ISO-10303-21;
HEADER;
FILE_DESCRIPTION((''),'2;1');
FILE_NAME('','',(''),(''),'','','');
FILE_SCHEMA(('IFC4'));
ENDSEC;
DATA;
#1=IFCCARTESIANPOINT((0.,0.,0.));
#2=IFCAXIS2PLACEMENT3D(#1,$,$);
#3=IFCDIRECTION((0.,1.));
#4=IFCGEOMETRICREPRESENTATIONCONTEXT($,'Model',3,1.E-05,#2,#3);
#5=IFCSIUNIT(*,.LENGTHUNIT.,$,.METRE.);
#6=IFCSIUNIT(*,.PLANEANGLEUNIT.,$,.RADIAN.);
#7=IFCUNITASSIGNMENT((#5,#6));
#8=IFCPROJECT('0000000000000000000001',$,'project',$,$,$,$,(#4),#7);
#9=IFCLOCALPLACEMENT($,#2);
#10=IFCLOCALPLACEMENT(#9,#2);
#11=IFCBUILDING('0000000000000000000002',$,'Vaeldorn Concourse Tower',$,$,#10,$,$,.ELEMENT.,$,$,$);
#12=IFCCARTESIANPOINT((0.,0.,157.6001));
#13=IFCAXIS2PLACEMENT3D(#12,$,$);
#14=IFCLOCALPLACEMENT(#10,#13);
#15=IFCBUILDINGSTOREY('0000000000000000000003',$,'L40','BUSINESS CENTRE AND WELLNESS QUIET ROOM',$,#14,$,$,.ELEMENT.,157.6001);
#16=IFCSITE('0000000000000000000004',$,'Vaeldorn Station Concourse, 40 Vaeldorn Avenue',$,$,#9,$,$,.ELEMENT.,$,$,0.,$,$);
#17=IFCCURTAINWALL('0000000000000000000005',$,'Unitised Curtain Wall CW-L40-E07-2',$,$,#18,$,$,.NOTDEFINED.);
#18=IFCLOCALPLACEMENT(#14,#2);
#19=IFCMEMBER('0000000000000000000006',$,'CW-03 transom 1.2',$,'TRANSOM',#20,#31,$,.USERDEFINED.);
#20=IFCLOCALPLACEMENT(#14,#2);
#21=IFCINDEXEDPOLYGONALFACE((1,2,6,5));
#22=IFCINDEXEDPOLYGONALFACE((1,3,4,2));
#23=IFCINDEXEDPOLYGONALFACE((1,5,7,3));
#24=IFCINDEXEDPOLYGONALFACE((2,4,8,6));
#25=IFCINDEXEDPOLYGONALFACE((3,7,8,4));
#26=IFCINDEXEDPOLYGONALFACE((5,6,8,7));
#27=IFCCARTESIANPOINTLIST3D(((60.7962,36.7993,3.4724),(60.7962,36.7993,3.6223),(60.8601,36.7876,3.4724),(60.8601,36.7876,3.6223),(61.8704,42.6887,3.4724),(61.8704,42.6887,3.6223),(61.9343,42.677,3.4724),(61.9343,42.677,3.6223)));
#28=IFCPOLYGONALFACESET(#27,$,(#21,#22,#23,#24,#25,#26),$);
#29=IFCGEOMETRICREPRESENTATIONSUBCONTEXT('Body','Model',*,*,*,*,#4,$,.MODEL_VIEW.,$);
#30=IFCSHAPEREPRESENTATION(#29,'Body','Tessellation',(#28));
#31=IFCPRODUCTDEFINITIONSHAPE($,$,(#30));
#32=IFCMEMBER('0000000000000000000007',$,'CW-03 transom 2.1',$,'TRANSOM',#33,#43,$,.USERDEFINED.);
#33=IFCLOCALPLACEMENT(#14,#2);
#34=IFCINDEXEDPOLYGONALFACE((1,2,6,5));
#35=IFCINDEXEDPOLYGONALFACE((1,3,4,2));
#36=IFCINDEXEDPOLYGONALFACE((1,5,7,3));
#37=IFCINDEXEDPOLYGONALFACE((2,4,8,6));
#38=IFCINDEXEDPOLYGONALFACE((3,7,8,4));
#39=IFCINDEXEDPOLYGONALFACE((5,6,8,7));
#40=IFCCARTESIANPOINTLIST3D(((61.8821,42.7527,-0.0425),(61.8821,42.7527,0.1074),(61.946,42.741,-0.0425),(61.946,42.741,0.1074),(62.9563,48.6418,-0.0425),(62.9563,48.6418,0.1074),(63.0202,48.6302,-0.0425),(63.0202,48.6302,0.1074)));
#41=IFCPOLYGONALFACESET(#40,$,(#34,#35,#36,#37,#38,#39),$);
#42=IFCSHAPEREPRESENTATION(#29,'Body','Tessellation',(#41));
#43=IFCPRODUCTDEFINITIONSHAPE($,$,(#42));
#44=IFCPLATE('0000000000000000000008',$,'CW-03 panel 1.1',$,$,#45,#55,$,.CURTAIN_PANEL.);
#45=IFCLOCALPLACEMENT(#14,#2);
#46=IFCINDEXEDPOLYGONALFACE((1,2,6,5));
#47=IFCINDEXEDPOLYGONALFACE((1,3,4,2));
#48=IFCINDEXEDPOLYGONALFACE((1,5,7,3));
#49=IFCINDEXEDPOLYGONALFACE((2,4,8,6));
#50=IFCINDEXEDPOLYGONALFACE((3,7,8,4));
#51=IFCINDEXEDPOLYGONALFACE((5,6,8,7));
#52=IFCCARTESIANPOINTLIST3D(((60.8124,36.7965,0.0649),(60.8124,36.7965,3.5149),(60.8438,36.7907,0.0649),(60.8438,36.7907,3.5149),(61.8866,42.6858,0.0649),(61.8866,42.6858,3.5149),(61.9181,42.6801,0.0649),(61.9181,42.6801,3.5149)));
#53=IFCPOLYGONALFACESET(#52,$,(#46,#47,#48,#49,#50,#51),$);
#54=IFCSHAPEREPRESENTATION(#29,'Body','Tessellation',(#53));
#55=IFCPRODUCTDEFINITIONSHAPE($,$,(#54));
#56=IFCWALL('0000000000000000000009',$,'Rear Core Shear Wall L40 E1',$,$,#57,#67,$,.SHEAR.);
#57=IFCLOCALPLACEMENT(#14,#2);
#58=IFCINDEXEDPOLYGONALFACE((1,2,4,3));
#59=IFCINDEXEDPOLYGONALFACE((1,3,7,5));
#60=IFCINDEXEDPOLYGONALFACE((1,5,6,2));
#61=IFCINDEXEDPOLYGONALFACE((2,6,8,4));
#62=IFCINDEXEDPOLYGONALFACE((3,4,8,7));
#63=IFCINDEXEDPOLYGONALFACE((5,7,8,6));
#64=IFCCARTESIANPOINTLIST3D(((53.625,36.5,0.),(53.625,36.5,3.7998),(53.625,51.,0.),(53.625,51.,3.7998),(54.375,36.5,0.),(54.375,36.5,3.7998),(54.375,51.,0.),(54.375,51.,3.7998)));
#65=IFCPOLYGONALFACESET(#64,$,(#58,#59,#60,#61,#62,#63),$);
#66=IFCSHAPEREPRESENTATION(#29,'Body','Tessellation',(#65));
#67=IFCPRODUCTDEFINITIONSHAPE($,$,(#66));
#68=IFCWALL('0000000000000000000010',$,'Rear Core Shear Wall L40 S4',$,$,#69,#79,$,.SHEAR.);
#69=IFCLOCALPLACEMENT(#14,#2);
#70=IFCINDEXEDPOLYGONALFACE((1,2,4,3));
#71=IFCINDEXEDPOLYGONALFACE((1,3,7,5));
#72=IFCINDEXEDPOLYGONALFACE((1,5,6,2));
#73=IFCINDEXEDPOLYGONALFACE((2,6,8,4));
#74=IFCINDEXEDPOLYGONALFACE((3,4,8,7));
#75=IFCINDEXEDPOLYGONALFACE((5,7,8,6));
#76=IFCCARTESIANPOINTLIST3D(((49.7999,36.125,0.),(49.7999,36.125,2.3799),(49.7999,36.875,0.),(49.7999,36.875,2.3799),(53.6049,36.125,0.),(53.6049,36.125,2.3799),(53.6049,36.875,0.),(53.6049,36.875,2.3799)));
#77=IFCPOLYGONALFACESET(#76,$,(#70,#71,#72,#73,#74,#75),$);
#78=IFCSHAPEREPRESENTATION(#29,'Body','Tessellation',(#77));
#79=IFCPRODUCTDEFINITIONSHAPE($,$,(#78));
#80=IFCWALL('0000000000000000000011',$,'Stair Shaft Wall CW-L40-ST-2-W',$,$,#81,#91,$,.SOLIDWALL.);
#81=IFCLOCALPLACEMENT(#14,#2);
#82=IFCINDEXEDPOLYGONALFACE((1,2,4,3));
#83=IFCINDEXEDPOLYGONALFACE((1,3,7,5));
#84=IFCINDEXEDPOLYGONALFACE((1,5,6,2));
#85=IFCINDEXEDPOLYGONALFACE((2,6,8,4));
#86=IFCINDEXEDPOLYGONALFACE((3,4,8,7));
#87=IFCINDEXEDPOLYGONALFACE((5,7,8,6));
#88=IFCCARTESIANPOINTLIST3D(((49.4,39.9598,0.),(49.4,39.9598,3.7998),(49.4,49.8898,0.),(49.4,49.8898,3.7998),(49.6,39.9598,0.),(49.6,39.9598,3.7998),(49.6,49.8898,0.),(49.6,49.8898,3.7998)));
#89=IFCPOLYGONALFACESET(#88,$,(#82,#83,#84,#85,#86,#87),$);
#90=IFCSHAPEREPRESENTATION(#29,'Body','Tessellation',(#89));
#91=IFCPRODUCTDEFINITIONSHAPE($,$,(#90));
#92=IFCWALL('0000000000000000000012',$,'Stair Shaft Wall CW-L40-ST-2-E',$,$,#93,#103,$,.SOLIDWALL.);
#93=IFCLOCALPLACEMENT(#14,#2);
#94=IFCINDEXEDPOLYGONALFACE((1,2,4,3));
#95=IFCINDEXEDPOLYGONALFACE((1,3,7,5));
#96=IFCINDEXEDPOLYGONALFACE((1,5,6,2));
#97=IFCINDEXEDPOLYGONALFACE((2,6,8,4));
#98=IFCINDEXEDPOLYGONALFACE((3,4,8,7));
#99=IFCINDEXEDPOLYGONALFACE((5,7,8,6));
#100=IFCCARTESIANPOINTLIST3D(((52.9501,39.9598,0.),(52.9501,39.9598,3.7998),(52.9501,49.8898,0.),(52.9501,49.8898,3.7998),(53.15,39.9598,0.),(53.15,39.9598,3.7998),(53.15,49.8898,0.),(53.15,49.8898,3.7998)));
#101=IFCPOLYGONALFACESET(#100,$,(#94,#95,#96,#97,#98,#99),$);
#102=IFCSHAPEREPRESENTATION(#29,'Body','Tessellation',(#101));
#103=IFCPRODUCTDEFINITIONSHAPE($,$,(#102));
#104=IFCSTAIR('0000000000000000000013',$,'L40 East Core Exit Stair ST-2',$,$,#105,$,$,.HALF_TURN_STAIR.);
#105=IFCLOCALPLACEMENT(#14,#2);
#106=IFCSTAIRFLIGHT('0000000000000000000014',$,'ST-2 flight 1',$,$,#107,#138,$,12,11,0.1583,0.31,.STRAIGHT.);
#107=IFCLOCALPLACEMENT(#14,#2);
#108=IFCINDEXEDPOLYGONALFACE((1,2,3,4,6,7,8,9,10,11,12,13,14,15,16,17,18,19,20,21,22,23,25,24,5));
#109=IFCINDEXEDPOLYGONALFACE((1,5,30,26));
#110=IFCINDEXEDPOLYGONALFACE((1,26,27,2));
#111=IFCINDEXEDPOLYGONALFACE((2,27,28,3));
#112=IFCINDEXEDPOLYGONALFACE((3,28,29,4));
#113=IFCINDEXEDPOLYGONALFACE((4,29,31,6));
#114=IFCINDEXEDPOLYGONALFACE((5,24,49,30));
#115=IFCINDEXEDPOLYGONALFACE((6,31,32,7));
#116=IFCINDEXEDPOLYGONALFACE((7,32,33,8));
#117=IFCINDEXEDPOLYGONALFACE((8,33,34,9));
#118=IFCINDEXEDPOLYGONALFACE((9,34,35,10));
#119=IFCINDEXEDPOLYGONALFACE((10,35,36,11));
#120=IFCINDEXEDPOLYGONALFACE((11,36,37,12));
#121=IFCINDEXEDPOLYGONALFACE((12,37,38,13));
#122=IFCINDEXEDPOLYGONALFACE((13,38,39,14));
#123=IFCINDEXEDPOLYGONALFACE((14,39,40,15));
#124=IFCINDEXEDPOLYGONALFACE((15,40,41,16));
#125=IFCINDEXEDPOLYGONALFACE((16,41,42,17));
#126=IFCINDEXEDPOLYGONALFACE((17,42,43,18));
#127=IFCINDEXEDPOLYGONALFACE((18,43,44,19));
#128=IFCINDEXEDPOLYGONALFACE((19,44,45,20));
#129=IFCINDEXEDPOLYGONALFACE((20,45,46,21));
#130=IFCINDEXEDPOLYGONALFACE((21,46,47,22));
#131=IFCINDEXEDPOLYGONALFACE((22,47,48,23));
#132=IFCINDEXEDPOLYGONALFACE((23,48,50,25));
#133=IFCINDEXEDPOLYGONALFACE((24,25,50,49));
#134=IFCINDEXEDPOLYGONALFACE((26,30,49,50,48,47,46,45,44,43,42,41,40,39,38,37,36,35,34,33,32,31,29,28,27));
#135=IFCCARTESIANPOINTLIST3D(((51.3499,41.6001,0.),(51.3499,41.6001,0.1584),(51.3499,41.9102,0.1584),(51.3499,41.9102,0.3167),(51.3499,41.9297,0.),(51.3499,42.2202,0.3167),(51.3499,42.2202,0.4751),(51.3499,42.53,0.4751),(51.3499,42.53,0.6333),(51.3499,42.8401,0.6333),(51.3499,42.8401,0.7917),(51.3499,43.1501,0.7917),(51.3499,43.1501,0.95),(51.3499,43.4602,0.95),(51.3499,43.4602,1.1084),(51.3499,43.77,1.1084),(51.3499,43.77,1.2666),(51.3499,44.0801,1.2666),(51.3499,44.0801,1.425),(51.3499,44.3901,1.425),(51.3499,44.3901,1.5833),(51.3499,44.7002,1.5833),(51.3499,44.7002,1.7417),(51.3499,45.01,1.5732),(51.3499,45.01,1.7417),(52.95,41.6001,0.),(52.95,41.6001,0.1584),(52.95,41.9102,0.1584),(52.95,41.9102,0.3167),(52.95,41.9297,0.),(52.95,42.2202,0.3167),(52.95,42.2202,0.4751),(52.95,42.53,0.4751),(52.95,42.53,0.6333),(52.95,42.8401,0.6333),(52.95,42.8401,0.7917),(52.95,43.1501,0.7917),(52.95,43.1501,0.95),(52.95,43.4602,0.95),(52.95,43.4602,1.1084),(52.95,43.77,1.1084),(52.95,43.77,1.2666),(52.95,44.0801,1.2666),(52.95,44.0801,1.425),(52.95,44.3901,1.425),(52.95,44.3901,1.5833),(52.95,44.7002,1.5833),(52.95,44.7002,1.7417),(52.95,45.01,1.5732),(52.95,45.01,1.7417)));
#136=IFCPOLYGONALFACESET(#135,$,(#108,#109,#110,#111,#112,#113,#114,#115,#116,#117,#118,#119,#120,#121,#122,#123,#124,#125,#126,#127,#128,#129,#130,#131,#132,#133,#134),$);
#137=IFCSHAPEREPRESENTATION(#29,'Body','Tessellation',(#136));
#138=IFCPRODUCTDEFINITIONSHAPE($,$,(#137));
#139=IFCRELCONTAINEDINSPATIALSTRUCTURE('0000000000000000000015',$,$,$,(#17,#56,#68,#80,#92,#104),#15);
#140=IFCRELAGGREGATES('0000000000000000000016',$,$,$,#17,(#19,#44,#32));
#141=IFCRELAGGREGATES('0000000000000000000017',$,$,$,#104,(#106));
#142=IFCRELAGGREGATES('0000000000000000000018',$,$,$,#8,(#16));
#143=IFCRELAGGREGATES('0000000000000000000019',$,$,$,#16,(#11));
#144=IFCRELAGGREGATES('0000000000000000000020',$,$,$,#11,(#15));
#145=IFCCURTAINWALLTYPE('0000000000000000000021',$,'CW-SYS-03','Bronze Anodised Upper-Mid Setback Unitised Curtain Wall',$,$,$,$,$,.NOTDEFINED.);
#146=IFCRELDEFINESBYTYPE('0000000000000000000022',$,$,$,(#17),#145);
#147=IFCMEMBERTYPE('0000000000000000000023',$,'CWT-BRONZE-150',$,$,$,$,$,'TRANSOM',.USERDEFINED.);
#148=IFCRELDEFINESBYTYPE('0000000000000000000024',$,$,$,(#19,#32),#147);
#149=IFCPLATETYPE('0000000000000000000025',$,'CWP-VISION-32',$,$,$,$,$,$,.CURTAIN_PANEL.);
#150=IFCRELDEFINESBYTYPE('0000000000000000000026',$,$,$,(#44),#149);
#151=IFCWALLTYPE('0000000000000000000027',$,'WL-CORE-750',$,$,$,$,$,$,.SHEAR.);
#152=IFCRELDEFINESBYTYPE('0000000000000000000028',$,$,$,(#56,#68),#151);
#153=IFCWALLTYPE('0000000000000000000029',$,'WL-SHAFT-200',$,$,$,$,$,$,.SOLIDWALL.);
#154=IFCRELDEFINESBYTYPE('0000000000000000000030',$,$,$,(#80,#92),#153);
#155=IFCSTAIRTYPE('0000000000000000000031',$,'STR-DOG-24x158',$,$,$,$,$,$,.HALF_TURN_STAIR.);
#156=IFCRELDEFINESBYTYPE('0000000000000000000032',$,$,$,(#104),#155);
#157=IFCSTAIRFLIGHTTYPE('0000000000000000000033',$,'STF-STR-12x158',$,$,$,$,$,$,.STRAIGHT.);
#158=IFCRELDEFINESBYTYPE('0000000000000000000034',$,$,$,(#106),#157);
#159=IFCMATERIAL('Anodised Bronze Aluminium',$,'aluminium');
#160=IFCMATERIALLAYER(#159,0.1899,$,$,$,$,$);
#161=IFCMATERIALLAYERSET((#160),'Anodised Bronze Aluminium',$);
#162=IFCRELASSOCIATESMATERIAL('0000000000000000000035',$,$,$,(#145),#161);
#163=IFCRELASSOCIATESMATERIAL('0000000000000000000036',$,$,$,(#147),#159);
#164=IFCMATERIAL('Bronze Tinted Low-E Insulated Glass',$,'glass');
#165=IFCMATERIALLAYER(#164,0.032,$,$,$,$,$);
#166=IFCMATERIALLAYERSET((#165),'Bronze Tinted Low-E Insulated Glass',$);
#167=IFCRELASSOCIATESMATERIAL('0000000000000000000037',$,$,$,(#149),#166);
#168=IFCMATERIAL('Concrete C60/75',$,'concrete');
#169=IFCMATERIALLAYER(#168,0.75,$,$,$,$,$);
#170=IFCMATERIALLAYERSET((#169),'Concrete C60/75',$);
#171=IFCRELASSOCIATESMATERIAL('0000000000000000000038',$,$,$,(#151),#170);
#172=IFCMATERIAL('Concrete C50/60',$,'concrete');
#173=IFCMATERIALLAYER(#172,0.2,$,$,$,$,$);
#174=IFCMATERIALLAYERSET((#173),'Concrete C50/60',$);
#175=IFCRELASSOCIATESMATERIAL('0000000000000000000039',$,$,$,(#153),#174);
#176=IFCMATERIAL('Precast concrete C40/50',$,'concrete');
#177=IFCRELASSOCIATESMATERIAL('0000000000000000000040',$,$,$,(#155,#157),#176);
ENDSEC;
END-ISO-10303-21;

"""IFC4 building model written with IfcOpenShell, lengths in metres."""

from ifc_helpers import new_model, si_unit, direction, frame, frame_2d, origin, origin_2d, place, context, subcontext, project, spatial, polyline, rectangle, outline, extrude, source, transform, mapped, material, layer, layer_set, material_profile, profile_set, type_object, element, aggregate, save


model = new_model("IFC4")

# Units and contexts
model_context = context("Model", 3, precision=1e-05, world=origin(), true_north=direction((0.0, 1.0)))
body_context = subcontext(model_context, "Body", "Model", "MODEL_VIEW")
ifc_project = project(units=[si_unit("LENGTHUNIT", "METRE"), si_unit("PLANEANGLEUNIT", "RADIAN")], contexts=[model_context])

# Site, building, storey
site_placement = place(None, origin())
site = spatial("IfcSite", under=ifc_project, at=site_placement, Name="Vaeldorn Station Concourse, 40 Vaeldorn Avenue", CompositionType="ELEMENT", RefElevation=0.0)
building_placement = place(site_placement, origin())
building = spatial("IfcBuilding", under=site, at=building_placement, Name="Vaeldorn Concourse Tower", CompositionType="ELEMENT")
storey_placement = place(building_placement, frame((0.0, 0.0, 157.6001)))
storey = spatial("IfcBuildingStorey", under=building, at=storey_placement, Name="L40", Description="BUSINESS CENTRE AND WELLNESS QUIET ROOM", CompositionType="ELEMENT", Elevation=157.6001)

# Shared definitions
ifc_material_1 = material(Name="Concrete C50/60", Category="concrete")

# Curtain wall, members, plate
ifc_material_2 = material(Name="Anodised Bronze Aluminium", Category="aluminium")
ifc_layer_1 = layer(ifc_material_2, 0.1899)
ifc_layer_set_1 = layer_set([ifc_layer_1], Name="Anodised Bronze Aluminium")
curtain_wall_type = type_object("IfcCurtainWallType", Name="CW-SYS-03", Description="Bronze Anodised Upper-Mid Setback Unitised Curtain Wall", PredefinedType="NOTDEFINED", material=ifc_layer_set_1)
curtain_wall_placement = place(storey_placement, origin())
curtain_wall = element("IfcCurtainWall", 1, at=curtain_wall_placement, inside=storey, type_object=curtain_wall_type, Name="Unitised Curtain Wall CW-L40-E07-2", PredefinedType="NOTDEFINED")
ifc_material_profile_1 = material_profile(ifc_material_2, rectangle(XDim=0.0649, YDim=0.1499, at=origin_2d()), Name="CWT 65x150")
ifc_profile_set_1 = profile_set([ifc_material_profile_1], Name="Anodised Bronze Aluminium")
member_type_1 = type_object("IfcMemberType", Name="CWT-BRONZE-150", ElementType="TRANSOM", PredefinedType="USERDEFINED", material=ifc_profile_set_1)
shared_shape_1 = source(origin(), body_context, "Body", "SweptSolid", [
    extrude(rectangle(XDim=0.0649, YDim=0.1499, at=origin_2d()), origin(), (0.0, 0.0, 1.0), 5.9866),
])
member_1_placement = place(storey_placement, frame((60.8281, 36.7935, 3.5474), z_axis=(0.179438, 0.983769, 0.0), x_axis=(-0.983769, 0.179438, 0.0)))
member_1 = element("IfcMember", 2, at=member_1_placement, type_object=member_type_1, Name="CW-03 transom 1.2", ObjectType="TRANSOM", PredefinedType="USERDEFINED", context=body_context, shape_type="MappedRepresentation", body=[
    mapped(shared_shape_1, transform((0.0, 0.0, 0.0), scale=1.0)),
])
shared_shape_2 = source(origin(), body_context, "Body", "SweptSolid", [
    extrude(rectangle(XDim=0.0649, YDim=0.1499, at=origin_2d()), origin(), (0.0, 0.0, 1.0), 5.9863),
])
member_2_placement = place(storey_placement, frame((61.9141, 42.7468, 0.0325), z_axis=(0.179445, 0.983768, 0.0), x_axis=(-0.983768, 0.179445, 0.0)))
member_2 = element("IfcMember", 3, at=member_2_placement, type_object=member_type_1, Name="CW-03 transom 2.1", ObjectType="TRANSOM", PredefinedType="USERDEFINED", context=body_context, shape_type="MappedRepresentation", body=[
    mapped(shared_shape_2, transform((0.0, 0.0, 0.0), scale=1.0)),
])
ifc_material_3 = material(Name="Bronze Tinted Low-E Insulated Glass", Category="glass")
ifc_layer_2 = layer(ifc_material_3, 0.032)
ifc_layer_set_2 = layer_set([ifc_layer_2], Name="Bronze Tinted Low-E Insulated Glass")
plate_type = type_object("IfcPlateType", Name="CWP-VISION-32", PredefinedType="CURTAIN_PANEL", material=ifc_layer_set_2)
shared_shape_3 = source(origin(), body_context, "Body", "SweptSolid", [
    extrude(rectangle(XDim=5.9866, YDim=0.032, at=origin_2d()), origin(), (0.0, 0.0, 1.0), 3.45),
])
plate_placement = place(storey_placement, frame((61.3652, 39.7383, 0.0649), z_axis=(0.0, 0.0, 1.0), x_axis=(0.179447, 0.983768, 0.0)))
plate = element("IfcPlate", 4, at=plate_placement, type_object=plate_type, Name="CW-03 panel 1.1", PredefinedType="CURTAIN_PANEL", context=body_context, shape_type="MappedRepresentation", body=[
    mapped(shared_shape_3, transform((0.0, 0.0, 0.0), scale=1.0)),
])
aggregate(curtain_wall, [member_1, plate, member_2])

# Walls
ifc_material_4 = material(Name="Concrete C60/75", Category="concrete")
ifc_layer_3 = layer(ifc_material_4, 0.75)
ifc_layer_set_3 = layer_set([ifc_layer_3], Name="Concrete C60/75")
wall_type_1 = type_object("IfcWallType", Name="WL-CORE-750", PredefinedType="SHEAR", material=ifc_layer_set_3)
wall_1_placement = place(storey_placement, frame((54.0, 36.5, 0.0), z_axis=(0.0, 0.0, 1.0), x_axis=(0.0, 1.0, 0.0)))
element("IfcWall", 5, at=wall_1_placement, inside=storey, type_object=wall_type_1, Name="Rear Core Shear Wall L40 E1", PredefinedType="SHEAR", context=body_context, shape_type="SweptSolid", body=[
    extrude(rectangle(XDim=14.5, YDim=0.75, at=frame_2d((7.25, 0.0))), origin(), (0.0, 0.0, 1.0), 3.7998),
])
wall_2_placement = place(storey_placement, frame((49.8, 36.5, 0.0), z_axis=(0.0, 0.0, 1.0), x_axis=(1.0, 0.0, 0.0)))
element("IfcWall", 6, at=wall_2_placement, inside=storey, type_object=wall_type_1, Name="Rear Core Shear Wall L40 S4", PredefinedType="SHEAR", context=body_context, shape_type="SweptSolid", body=[
    extrude(rectangle(XDim=3.8049, YDim=0.75, at=frame_2d((1.9023, 0.0))), origin(), (0.0, 0.0, 1.0), 2.3799),
])

# Shared definitions
ifc_layer_4 = layer(ifc_material_1, 0.2)
ifc_layer_set_4 = layer_set([ifc_layer_4], Name="Concrete C50/60")
wall_type_2 = type_object("IfcWallType", Name="WL-SHAFT-200", PredefinedType="SOLIDWALL", material=ifc_layer_set_4)

# Walls
for number, where, z_axis, x_axis, name in (
    (7, (49.5, 39.96, 0.0), (0.0, 0.0, 1.0), (0.0, 1.0, 0.0), "Stair Shaft Wall CW-L40-ST-2-W"),
    (8, (53.05, 39.96, 0.0), (0.0, 0.0, 1.0), (0.0, 1.0, 0.0), "Stair Shaft Wall CW-L40-ST-2-E"),
):
    element("IfcWall", number, at=place(storey_placement, frame(where, z_axis=z_axis, x_axis=x_axis)), inside=storey, type_object=wall_type_2, Name=name, PredefinedType="SOLIDWALL", context=body_context, shape_type="SweptSolid", body=[
        extrude(rectangle(XDim=9.9299, YDim=0.2, at=frame_2d((4.9648, 0.0))), origin(), (0.0, 0.0, 1.0), 3.7998),
    ])

# Stair, stair flight
ifc_material_5 = material(Name="Precast concrete C40/50", Category="concrete")
stair_type = type_object("IfcStairType", Name="STR-DOG-24x158", PredefinedType="HALF_TURN_STAIR", material=ifc_material_5)
stair_placement = place(storey_placement, origin())
stair = element("IfcStair", 9, at=stair_placement, inside=storey, type_object=stair_type, Name="L40 East Core Exit Stair ST-2", PredefinedType="HALF_TURN_STAIR")
stair_flight_type = type_object("IfcStairFlightType", Name="STF-STR-12x158", PredefinedType="STRAIGHT", material=ifc_material_5)
stair_flight_placement = place(storey_placement, frame((52.1499, 41.6001, 0.0), z_axis=(0.0, 0.0, 1.0), x_axis=(0.0, 1.0, 0.0)))
stair_flight = element("IfcStairFlight", 10, at=stair_flight_placement, type_object=stair_flight_type, Name="ST-2 flight 1", NumberOfRisers=12, NumberOfTreads=11, PredefinedType="STRAIGHT", RiserHeight=0.1583, TreadLength=0.31, context=body_context, shape_type="SweptSolid", body=[
    extrude(outline(polyline([(0.0, 0.0), (0.0, 0.1584), (0.3101, 0.1584), (0.3101, 0.3167), (0.6201, 0.3167), (0.6201, 0.4751), (0.9299, 0.4751), (0.9299, 0.6333), (1.24, 0.6333), (1.24, 0.7917), (1.55, 0.7917), (1.55, 0.95), (1.8601, 0.95), (1.8601, 1.1084), (2.1699, 1.1084), (2.1699, 1.2666), (2.48, 1.2666), (2.48, 1.425), (2.79, 1.425), (2.79, 1.5833), (3.1001, 1.5833), (3.1001, 1.7417), (3.4099, 1.7417), (3.4099, 1.8999), (3.4099, 1.5732), (0.3296, 0.0), (0.0, 0.0)])), frame((0.0, 0.8, 0.0), z_axis=(0.0, -1.0, 0.0), x_axis=(1.0, 0.0, 0.0)), (0.0, 0.0, 1.0), 1.6001),
])
aggregate(stair, [stair_flight])

save(model, "model.ifc")
